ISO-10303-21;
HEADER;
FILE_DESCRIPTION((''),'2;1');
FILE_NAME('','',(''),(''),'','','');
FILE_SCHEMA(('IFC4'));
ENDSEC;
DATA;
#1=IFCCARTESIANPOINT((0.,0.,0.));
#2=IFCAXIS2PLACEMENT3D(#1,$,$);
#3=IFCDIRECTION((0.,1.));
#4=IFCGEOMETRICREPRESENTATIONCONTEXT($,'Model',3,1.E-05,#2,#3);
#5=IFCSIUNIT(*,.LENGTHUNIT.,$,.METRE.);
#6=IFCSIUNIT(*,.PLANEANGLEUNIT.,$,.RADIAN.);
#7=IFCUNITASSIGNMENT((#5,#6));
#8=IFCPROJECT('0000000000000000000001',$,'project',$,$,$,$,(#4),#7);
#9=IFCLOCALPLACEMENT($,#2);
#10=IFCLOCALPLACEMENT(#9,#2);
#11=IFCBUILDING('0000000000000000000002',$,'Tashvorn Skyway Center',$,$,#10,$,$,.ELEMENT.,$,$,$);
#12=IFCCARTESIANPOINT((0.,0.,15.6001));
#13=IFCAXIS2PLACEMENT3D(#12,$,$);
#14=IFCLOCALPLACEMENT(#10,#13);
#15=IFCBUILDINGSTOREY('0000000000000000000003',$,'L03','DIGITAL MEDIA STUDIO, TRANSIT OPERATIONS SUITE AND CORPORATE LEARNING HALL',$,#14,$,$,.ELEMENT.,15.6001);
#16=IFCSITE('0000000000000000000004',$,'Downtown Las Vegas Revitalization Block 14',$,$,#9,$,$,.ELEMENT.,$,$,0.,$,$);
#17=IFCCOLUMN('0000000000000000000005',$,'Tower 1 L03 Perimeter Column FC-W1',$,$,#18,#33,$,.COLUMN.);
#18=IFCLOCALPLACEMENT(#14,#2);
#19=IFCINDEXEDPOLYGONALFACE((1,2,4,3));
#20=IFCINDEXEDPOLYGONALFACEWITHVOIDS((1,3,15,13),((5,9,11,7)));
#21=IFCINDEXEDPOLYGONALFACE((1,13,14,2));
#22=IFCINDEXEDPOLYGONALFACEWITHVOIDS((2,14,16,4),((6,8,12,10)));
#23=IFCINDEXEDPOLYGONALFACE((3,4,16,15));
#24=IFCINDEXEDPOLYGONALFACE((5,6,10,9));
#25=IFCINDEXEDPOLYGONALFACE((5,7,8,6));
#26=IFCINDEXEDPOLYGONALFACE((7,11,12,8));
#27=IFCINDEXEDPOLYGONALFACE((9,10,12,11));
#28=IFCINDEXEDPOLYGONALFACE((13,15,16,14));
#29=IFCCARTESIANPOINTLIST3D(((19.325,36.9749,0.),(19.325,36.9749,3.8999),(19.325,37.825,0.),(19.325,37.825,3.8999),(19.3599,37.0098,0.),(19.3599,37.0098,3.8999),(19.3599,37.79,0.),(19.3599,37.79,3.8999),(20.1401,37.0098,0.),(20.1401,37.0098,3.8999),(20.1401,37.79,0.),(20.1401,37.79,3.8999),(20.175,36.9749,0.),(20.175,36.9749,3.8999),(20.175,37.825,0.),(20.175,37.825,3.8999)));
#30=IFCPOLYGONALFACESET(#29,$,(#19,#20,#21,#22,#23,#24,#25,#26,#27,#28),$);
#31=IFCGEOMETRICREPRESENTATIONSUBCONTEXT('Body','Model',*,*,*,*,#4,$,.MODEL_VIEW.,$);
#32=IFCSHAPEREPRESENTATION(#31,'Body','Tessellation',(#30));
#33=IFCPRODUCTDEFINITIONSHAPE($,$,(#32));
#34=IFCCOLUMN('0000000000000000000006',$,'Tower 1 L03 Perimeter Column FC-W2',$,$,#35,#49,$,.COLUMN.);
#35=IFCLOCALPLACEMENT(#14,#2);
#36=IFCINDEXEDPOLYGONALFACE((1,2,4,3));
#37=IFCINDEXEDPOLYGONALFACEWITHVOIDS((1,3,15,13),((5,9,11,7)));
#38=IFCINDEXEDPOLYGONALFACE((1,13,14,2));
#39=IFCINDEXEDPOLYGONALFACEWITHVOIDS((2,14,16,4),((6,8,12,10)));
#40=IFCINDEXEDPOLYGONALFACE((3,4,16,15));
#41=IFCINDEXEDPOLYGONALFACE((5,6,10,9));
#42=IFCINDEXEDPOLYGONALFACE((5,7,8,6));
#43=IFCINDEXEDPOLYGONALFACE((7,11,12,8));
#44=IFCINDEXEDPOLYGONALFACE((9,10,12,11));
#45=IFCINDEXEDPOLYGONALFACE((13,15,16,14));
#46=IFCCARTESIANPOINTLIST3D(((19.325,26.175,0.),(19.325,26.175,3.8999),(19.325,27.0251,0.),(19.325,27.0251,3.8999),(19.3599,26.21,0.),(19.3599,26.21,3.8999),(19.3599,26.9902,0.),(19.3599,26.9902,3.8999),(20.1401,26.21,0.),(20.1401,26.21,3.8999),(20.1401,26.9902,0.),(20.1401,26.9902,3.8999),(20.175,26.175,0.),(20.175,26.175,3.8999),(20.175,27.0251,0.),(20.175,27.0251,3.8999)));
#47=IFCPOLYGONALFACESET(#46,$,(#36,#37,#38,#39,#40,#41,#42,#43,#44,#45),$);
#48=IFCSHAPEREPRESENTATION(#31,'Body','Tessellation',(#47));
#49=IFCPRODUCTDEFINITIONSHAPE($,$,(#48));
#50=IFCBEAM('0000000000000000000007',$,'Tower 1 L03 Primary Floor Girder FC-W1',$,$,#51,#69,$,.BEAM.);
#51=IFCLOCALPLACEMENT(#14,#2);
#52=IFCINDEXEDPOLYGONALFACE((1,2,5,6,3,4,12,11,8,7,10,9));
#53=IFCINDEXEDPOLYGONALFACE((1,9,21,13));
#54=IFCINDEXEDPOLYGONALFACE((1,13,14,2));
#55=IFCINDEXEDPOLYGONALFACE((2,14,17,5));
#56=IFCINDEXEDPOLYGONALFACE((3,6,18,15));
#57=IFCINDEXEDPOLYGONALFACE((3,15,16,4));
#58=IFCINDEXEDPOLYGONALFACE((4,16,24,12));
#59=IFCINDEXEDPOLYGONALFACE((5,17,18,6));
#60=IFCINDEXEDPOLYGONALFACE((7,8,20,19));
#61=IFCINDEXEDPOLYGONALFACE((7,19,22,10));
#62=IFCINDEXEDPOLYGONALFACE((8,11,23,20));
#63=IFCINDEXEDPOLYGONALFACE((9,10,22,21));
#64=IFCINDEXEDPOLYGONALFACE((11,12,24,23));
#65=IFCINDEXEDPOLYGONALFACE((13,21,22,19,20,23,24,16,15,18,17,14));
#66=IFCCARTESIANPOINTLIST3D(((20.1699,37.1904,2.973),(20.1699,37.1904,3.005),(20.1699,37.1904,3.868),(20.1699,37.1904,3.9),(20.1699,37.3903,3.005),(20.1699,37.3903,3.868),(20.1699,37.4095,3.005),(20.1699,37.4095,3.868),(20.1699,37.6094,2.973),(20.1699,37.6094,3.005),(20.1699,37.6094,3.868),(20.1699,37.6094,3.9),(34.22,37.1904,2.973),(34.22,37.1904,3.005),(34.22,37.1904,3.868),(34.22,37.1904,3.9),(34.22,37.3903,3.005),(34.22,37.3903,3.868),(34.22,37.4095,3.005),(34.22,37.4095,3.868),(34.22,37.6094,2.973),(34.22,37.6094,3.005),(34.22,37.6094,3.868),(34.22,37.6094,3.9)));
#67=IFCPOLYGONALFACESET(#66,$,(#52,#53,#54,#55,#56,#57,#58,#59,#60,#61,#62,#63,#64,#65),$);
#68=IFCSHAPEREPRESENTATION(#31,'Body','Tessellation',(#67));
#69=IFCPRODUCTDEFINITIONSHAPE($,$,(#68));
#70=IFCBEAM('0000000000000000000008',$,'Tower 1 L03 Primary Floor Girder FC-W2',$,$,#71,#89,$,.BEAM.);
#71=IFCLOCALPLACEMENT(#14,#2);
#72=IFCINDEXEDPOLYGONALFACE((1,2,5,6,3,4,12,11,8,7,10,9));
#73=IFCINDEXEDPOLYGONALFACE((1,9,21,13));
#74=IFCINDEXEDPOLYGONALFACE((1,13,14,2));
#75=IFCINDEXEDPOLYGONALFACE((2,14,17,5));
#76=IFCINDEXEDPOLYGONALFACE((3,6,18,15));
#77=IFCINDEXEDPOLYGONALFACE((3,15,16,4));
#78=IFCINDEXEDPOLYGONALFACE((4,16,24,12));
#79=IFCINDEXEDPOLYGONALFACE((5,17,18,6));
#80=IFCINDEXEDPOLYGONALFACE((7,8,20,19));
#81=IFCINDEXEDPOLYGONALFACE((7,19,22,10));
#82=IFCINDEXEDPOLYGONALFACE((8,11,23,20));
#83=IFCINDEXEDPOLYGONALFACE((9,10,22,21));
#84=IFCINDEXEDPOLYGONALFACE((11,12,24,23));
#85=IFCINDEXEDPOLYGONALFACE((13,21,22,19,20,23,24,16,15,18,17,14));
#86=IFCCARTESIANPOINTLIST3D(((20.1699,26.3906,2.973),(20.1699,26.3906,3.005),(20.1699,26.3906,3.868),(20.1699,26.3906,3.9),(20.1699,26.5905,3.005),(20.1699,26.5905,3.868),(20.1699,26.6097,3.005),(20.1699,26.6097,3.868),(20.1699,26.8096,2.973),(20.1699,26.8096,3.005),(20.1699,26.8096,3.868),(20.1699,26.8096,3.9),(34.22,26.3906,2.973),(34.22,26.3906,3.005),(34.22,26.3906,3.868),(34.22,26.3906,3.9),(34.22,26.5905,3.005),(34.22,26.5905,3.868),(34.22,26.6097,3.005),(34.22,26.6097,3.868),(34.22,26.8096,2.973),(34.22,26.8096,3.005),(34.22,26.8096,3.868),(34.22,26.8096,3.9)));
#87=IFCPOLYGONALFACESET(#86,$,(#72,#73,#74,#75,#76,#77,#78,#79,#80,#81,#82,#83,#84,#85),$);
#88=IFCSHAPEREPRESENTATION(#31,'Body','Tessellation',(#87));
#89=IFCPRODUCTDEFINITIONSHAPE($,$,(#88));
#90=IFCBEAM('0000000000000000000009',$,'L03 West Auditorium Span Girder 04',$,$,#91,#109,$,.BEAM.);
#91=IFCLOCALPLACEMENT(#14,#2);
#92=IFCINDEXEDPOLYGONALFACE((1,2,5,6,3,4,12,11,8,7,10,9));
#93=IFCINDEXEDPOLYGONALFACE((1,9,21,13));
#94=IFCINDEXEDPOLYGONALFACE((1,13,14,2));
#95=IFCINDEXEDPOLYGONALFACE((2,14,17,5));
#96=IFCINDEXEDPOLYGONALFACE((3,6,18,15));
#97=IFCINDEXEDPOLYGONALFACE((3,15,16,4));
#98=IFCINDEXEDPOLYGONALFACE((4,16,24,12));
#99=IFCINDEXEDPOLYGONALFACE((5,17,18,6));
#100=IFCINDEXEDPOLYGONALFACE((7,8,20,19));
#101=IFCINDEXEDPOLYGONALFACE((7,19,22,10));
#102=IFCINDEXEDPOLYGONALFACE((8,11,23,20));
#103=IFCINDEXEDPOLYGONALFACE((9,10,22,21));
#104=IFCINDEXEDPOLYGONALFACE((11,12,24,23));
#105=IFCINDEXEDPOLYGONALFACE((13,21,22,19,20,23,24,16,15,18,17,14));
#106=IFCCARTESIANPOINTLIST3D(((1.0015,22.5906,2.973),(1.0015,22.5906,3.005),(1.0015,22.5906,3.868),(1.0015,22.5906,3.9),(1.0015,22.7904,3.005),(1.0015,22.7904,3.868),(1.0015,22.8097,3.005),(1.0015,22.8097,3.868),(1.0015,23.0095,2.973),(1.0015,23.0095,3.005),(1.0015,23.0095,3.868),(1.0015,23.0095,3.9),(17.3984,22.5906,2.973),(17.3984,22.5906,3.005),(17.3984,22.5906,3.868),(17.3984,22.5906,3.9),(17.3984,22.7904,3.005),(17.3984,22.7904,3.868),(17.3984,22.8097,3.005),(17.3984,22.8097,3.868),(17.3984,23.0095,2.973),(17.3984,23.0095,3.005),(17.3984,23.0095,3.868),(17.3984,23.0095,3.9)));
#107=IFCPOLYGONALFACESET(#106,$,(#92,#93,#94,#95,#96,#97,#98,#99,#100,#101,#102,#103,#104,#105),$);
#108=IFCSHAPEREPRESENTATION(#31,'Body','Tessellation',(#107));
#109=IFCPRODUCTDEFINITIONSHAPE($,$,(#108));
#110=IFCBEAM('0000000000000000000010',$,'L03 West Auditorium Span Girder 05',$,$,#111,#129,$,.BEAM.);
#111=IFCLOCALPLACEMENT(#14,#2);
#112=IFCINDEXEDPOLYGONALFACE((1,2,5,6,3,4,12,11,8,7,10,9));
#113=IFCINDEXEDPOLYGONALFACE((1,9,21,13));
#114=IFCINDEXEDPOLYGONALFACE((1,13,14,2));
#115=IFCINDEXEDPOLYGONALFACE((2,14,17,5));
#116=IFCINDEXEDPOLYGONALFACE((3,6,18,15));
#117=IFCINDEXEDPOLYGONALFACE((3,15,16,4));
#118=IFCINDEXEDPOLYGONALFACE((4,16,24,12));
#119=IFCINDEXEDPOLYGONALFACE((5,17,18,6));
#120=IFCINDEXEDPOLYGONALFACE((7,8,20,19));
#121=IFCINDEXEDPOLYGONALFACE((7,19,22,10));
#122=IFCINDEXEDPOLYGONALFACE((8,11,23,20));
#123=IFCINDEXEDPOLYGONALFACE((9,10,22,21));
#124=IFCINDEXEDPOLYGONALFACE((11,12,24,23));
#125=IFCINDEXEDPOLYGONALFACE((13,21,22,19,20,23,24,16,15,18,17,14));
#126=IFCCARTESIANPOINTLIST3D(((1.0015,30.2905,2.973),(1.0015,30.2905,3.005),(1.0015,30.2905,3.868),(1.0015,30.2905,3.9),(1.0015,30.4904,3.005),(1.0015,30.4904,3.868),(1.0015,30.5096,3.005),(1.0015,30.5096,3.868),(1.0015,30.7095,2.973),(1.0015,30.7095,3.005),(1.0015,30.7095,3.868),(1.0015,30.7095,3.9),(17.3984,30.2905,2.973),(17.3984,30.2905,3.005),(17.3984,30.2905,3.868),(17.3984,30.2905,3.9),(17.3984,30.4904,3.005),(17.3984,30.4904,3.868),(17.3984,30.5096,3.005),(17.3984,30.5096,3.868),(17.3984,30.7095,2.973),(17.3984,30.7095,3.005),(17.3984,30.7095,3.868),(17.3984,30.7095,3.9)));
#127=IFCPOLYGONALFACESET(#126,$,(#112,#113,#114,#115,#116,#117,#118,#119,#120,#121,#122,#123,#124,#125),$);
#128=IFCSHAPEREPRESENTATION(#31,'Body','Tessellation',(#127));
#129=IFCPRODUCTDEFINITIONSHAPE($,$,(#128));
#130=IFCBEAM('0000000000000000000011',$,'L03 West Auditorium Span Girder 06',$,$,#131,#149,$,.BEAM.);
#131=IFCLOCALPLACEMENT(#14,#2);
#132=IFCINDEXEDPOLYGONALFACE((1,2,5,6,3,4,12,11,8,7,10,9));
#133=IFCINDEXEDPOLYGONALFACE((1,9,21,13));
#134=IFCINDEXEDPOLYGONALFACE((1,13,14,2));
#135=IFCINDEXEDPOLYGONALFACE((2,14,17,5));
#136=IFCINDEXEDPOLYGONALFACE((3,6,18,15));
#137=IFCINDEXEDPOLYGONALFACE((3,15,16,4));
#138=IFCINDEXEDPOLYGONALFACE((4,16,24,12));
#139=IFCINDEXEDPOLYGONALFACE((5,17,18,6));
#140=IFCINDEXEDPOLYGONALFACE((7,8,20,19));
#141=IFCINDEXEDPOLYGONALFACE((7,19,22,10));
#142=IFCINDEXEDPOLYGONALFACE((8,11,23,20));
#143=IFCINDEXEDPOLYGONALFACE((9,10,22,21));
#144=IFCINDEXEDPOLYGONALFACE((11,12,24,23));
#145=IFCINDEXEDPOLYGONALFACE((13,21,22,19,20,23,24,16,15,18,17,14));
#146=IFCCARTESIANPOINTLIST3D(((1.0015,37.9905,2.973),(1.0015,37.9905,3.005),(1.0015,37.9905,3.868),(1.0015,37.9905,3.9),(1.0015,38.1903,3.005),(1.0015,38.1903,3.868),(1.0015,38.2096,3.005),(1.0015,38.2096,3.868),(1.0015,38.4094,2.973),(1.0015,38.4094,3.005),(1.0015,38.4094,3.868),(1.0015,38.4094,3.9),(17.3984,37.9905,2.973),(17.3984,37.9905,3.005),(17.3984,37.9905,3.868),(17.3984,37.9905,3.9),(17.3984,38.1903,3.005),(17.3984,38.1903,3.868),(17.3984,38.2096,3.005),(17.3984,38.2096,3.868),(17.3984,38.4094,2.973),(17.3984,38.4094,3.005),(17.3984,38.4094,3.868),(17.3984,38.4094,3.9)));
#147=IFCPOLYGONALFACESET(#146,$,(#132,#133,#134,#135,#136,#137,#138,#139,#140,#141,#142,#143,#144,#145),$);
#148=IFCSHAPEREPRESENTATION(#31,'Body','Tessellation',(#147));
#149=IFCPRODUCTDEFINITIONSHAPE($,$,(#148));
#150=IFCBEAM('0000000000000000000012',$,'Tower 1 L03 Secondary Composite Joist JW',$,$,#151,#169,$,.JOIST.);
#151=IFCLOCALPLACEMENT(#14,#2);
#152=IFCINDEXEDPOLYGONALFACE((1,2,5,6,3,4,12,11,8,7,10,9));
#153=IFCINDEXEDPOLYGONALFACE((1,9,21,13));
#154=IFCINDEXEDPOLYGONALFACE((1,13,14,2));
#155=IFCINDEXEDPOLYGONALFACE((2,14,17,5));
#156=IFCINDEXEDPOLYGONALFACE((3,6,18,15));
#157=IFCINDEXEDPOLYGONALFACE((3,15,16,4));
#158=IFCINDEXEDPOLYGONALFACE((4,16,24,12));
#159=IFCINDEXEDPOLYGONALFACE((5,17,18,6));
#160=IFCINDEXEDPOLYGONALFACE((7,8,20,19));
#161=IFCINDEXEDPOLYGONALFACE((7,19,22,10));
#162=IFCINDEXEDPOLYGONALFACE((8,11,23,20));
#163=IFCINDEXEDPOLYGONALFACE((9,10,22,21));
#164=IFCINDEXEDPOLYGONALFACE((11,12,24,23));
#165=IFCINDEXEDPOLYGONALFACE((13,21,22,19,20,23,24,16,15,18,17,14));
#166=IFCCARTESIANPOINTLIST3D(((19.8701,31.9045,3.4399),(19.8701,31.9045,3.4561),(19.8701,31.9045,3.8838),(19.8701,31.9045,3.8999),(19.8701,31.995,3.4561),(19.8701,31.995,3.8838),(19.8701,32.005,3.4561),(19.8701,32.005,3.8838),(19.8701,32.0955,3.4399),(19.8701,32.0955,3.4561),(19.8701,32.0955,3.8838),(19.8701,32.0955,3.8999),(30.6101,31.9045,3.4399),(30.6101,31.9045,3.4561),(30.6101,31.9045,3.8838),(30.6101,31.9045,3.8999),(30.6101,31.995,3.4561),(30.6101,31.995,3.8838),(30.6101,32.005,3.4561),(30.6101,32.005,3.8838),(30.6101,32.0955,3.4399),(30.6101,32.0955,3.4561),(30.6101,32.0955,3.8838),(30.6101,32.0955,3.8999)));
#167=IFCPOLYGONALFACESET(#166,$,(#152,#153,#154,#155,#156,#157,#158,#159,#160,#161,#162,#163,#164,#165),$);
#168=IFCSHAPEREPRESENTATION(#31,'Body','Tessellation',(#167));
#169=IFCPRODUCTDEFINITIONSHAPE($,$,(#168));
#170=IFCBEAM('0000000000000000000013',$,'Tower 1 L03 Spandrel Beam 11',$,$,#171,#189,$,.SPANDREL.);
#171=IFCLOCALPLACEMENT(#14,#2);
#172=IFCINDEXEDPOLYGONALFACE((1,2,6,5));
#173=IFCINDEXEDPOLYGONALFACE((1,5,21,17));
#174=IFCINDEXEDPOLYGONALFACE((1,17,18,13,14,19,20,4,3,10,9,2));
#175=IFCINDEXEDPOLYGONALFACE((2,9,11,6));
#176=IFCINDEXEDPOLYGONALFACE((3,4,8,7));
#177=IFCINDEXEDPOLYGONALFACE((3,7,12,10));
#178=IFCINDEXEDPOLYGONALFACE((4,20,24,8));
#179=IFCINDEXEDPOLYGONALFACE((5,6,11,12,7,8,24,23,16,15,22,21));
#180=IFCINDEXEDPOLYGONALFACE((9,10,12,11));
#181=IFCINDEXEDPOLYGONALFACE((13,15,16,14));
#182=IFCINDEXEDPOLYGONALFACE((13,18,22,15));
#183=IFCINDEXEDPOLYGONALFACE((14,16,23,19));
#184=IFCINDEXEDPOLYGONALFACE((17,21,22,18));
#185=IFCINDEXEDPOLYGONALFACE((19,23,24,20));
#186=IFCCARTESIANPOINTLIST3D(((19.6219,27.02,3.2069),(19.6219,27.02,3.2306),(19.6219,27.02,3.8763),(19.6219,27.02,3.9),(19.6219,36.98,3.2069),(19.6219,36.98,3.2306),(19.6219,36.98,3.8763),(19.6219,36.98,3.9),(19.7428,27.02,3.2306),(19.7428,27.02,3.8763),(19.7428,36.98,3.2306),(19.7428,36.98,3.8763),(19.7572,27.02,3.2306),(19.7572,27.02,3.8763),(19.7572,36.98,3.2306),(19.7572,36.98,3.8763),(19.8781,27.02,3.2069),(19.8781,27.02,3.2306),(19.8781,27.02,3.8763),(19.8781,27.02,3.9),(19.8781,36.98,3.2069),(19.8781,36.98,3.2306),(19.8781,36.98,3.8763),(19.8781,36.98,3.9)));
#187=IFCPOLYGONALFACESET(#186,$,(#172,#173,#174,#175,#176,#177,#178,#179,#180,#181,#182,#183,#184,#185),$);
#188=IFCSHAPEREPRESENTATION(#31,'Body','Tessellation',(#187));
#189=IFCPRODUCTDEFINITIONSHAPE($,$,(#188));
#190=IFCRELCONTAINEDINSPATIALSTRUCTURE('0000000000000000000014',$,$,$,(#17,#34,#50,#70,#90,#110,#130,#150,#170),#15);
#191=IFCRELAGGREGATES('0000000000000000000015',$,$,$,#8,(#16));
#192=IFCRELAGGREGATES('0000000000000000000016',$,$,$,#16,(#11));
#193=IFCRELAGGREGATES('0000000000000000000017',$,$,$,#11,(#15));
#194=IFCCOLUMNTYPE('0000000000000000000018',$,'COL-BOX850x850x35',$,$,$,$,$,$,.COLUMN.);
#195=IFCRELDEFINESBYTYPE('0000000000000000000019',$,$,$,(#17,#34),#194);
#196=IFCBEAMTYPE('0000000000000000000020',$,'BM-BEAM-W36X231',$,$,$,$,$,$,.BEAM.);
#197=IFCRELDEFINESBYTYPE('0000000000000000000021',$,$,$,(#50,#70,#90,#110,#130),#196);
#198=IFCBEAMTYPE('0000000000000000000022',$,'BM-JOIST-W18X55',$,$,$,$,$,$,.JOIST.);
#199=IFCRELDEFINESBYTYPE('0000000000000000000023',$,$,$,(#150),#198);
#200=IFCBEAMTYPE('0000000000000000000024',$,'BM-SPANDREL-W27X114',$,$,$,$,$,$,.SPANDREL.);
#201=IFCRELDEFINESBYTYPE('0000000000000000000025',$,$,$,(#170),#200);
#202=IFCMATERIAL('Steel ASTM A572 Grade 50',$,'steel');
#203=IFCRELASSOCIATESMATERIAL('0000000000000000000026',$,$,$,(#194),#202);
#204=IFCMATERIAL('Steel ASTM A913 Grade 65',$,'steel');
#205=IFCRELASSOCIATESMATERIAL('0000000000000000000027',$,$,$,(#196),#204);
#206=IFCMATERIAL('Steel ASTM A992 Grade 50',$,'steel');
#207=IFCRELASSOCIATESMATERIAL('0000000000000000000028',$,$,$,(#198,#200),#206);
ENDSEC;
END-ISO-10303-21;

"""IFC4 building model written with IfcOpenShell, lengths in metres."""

from ifc_helpers import new_model, si_unit, direction, frame, origin, origin_2d, place, context, subcontext, project, spatial, hollow_rectangle, i_section, extrude, material, material_profile, profile_set, type_object, element, save


model = new_model("IFC4")

# Units and contexts
model_context = context("Model", 3, precision=1e-05, world=origin(), true_north=direction((0.0, 1.0)))
body_context = subcontext(model_context, "Body", "Model", "MODEL_VIEW")
ifc_project = project(units=[si_unit("LENGTHUNIT", "METRE"), si_unit("PLANEANGLEUNIT", "RADIAN")], contexts=[model_context])

# Site, building, storey
site_placement = place(None, origin())
site = spatial("IfcSite", under=ifc_project, at=site_placement, Name="Downtown Las Vegas Revitalization Block 14", CompositionType="ELEMENT", RefElevation=0.0)
building_placement = place(site_placement, origin())
building = spatial("IfcBuilding", under=site, at=building_placement, Name="Tashvorn Skyway Center", CompositionType="ELEMENT")
storey_placement = place(building_placement, frame((0.0, 0.0, 15.6001)))
storey = spatial("IfcBuildingStorey", under=building, at=storey_placement, Name="L03", Description="DIGITAL MEDIA STUDIO, TRANSIT OPERATIONS SUITE AND CORPORATE LEARNING HALL", CompositionType="ELEMENT", Elevation=15.6001)

# Columns
ifc_material_1 = material(Name="Steel ASTM A572 Grade 50", Category="steel")
ifc_material_profile_1 = material_profile(ifc_material_1, hollow_rectangle(XDim=0.8501, YDim=0.8501, WallThickness=0.0349, at=origin_2d()), Name="BOX850x850x35")
ifc_profile_set_1 = profile_set([ifc_material_profile_1], Name="Steel ASTM A572 Grade 50")
column_type = type_object("IfcColumnType", Name="COL-BOX850x850x35", PredefinedType="COLUMN", material=ifc_profile_set_1)
for number, where, z_axis, x_axis, name in (
    (1, (19.75, 37.3999, 0.0), (0.0, 0.0, 1.0), (1.0, 0.0, 0.0), "Tower 1 L03 Perimeter Column FC-W1"),
    (2, (19.75, 26.6001, 0.0), (0.0, 0.0, 1.0), (1.0, 0.0, 0.0), "Tower 1 L03 Perimeter Column FC-W2"),
):
    element("IfcColumn", number, at=place(storey_placement, frame(where, z_axis=z_axis, x_axis=x_axis)), inside=storey, type_object=column_type, Name=name, PredefinedType="COLUMN", context=body_context, shape_type="SweptSolid", body=[
        extrude(hollow_rectangle(XDim=0.8501, YDim=0.8501, WallThickness=0.0349, at=origin_2d()), origin(), (0.0, 0.0, 1.0), 3.8999),
    ])

# Beams
ifc_material_2 = material(Name="Steel ASTM A913 Grade 65", Category="steel")
ifc_material_profile_2 = material_profile(ifc_material_2, i_section(OverallWidth=0.4189, OverallDepth=0.927, WebThickness=0.0193, FlangeThickness=0.032, at=origin_2d()), Name="W36X231")
ifc_profile_set_2 = profile_set([ifc_material_profile_2], Name="Steel ASTM A913 Grade 65")
beam_type_1 = type_object("IfcBeamType", Name="BM-BEAM-W36X231", PredefinedType="BEAM", material=ifc_profile_set_2)
for number, where, z_axis, x_axis, name in (
    (3, (20.1699, 37.3999, 3.4365), (1.0, 0.0, 0.0), (0.0, 1.0, 0.0), "Tower 1 L03 Primary Floor Girder FC-W1"),
    (4, (20.1699, 26.6001, 3.4365), (1.0, 0.0, 0.0), (0.0, 1.0, 0.0), "Tower 1 L03 Primary Floor Girder FC-W2"),
):
    element("IfcBeam", number, at=place(storey_placement, frame(where, z_axis=z_axis, x_axis=x_axis)), inside=storey, type_object=beam_type_1, Name=name, PredefinedType="BEAM", context=body_context, shape_type="SweptSolid", body=[
        extrude(i_section(OverallWidth=0.4189, OverallDepth=0.927, WebThickness=0.0193, FlangeThickness=0.032, at=origin_2d()), origin(), (0.0, 0.0, 1.0), 14.05),
    ])
for number, where, z_axis, x_axis, name in (
    (5, (1.0015, 22.8, 3.4365), (1.0, 0.0, 0.0), (0.0, 1.0, 0.0), "L03 West Auditorium Span Girder 04"),
    (6, (1.0015, 30.5, 3.4365), (1.0, 0.0, 0.0), (0.0, 1.0, 0.0), "L03 West Auditorium Span Girder 05"),
    (7, (1.0015, 38.2, 3.4365), (1.0, 0.0, 0.0), (0.0, 1.0, 0.0), "L03 West Auditorium Span Girder 06"),
):
    element("IfcBeam", number, at=place(storey_placement, frame(where, z_axis=z_axis, x_axis=x_axis)), inside=storey, type_object=beam_type_1, Name=name, PredefinedType="BEAM", context=body_context, shape_type="SweptSolid", body=[
        extrude(i_section(OverallWidth=0.4189, OverallDepth=0.927, WebThickness=0.0193, FlangeThickness=0.032, at=origin_2d()), origin(), (0.0, 0.0, 1.0), 16.397),
    ])
ifc_material_3 = material(Name="Steel ASTM A992 Grade 50", Category="steel")
ifc_material_profile_3 = material_profile(ifc_material_3, i_section(OverallWidth=0.1909, OverallDepth=0.46, WebThickness=0.01, FlangeThickness=0.0161, at=origin_2d()), Name="W18X55")
ifc_profile_set_3 = profile_set([ifc_material_profile_3], Name="Steel ASTM A992 Grade 50")
beam_type_2 = type_object("IfcBeamType", Name="BM-JOIST-W18X55", PredefinedType="JOIST", material=ifc_profile_set_3)
beam_1_placement = place(storey_placement, frame((30.6101, 32.0, 3.6699), z_axis=(-1.0, 0.0, 0.0), x_axis=(0.0, -1.0, 0.0)))
element("IfcBeam", 8, at=beam_1_placement, inside=storey, type_object=beam_type_2, Name="Tower 1 L03 Secondary Composite Joist JW", PredefinedType="JOIST", context=body_context, shape_type="SweptSolid", body=[
    extrude(i_section(OverallWidth=0.1909, OverallDepth=0.46, WebThickness=0.01, FlangeThickness=0.0161, at=origin_2d()), origin(), (0.0, 0.0, 1.0), 10.74),
])
ifc_material_profile_4 = material_profile(ifc_material_3, i_section(OverallWidth=0.2561, OverallDepth=0.6931, WebThickness=0.0144, FlangeThickness=0.0237, at=origin_2d()), Name="W27X114")
ifc_profile_set_4 = profile_set([ifc_material_profile_4], Name="Steel ASTM A992 Grade 50")
beam_type_3 = type_object("IfcBeamType", Name="BM-SPANDREL-W27X114", PredefinedType="SPANDREL", material=ifc_profile_set_4)
beam_2_placement = place(storey_placement, frame((19.75, 36.98, 3.5535), z_axis=(0.0, -1.0, 0.0), x_axis=(1.0, 0.0, 0.0)))
element("IfcBeam", 9, at=beam_2_placement, inside=storey, type_object=beam_type_3, Name="Tower 1 L03 Spandrel Beam 11", PredefinedType="SPANDREL", context=body_context, shape_type="SweptSolid", body=[
    extrude(i_section(OverallWidth=0.2561, OverallDepth=0.6931, WebThickness=0.0144, FlangeThickness=0.0237, at=origin_2d()), origin(), (0.0, 0.0, 1.0), 9.96),
])

save(model, "model.ifc")
